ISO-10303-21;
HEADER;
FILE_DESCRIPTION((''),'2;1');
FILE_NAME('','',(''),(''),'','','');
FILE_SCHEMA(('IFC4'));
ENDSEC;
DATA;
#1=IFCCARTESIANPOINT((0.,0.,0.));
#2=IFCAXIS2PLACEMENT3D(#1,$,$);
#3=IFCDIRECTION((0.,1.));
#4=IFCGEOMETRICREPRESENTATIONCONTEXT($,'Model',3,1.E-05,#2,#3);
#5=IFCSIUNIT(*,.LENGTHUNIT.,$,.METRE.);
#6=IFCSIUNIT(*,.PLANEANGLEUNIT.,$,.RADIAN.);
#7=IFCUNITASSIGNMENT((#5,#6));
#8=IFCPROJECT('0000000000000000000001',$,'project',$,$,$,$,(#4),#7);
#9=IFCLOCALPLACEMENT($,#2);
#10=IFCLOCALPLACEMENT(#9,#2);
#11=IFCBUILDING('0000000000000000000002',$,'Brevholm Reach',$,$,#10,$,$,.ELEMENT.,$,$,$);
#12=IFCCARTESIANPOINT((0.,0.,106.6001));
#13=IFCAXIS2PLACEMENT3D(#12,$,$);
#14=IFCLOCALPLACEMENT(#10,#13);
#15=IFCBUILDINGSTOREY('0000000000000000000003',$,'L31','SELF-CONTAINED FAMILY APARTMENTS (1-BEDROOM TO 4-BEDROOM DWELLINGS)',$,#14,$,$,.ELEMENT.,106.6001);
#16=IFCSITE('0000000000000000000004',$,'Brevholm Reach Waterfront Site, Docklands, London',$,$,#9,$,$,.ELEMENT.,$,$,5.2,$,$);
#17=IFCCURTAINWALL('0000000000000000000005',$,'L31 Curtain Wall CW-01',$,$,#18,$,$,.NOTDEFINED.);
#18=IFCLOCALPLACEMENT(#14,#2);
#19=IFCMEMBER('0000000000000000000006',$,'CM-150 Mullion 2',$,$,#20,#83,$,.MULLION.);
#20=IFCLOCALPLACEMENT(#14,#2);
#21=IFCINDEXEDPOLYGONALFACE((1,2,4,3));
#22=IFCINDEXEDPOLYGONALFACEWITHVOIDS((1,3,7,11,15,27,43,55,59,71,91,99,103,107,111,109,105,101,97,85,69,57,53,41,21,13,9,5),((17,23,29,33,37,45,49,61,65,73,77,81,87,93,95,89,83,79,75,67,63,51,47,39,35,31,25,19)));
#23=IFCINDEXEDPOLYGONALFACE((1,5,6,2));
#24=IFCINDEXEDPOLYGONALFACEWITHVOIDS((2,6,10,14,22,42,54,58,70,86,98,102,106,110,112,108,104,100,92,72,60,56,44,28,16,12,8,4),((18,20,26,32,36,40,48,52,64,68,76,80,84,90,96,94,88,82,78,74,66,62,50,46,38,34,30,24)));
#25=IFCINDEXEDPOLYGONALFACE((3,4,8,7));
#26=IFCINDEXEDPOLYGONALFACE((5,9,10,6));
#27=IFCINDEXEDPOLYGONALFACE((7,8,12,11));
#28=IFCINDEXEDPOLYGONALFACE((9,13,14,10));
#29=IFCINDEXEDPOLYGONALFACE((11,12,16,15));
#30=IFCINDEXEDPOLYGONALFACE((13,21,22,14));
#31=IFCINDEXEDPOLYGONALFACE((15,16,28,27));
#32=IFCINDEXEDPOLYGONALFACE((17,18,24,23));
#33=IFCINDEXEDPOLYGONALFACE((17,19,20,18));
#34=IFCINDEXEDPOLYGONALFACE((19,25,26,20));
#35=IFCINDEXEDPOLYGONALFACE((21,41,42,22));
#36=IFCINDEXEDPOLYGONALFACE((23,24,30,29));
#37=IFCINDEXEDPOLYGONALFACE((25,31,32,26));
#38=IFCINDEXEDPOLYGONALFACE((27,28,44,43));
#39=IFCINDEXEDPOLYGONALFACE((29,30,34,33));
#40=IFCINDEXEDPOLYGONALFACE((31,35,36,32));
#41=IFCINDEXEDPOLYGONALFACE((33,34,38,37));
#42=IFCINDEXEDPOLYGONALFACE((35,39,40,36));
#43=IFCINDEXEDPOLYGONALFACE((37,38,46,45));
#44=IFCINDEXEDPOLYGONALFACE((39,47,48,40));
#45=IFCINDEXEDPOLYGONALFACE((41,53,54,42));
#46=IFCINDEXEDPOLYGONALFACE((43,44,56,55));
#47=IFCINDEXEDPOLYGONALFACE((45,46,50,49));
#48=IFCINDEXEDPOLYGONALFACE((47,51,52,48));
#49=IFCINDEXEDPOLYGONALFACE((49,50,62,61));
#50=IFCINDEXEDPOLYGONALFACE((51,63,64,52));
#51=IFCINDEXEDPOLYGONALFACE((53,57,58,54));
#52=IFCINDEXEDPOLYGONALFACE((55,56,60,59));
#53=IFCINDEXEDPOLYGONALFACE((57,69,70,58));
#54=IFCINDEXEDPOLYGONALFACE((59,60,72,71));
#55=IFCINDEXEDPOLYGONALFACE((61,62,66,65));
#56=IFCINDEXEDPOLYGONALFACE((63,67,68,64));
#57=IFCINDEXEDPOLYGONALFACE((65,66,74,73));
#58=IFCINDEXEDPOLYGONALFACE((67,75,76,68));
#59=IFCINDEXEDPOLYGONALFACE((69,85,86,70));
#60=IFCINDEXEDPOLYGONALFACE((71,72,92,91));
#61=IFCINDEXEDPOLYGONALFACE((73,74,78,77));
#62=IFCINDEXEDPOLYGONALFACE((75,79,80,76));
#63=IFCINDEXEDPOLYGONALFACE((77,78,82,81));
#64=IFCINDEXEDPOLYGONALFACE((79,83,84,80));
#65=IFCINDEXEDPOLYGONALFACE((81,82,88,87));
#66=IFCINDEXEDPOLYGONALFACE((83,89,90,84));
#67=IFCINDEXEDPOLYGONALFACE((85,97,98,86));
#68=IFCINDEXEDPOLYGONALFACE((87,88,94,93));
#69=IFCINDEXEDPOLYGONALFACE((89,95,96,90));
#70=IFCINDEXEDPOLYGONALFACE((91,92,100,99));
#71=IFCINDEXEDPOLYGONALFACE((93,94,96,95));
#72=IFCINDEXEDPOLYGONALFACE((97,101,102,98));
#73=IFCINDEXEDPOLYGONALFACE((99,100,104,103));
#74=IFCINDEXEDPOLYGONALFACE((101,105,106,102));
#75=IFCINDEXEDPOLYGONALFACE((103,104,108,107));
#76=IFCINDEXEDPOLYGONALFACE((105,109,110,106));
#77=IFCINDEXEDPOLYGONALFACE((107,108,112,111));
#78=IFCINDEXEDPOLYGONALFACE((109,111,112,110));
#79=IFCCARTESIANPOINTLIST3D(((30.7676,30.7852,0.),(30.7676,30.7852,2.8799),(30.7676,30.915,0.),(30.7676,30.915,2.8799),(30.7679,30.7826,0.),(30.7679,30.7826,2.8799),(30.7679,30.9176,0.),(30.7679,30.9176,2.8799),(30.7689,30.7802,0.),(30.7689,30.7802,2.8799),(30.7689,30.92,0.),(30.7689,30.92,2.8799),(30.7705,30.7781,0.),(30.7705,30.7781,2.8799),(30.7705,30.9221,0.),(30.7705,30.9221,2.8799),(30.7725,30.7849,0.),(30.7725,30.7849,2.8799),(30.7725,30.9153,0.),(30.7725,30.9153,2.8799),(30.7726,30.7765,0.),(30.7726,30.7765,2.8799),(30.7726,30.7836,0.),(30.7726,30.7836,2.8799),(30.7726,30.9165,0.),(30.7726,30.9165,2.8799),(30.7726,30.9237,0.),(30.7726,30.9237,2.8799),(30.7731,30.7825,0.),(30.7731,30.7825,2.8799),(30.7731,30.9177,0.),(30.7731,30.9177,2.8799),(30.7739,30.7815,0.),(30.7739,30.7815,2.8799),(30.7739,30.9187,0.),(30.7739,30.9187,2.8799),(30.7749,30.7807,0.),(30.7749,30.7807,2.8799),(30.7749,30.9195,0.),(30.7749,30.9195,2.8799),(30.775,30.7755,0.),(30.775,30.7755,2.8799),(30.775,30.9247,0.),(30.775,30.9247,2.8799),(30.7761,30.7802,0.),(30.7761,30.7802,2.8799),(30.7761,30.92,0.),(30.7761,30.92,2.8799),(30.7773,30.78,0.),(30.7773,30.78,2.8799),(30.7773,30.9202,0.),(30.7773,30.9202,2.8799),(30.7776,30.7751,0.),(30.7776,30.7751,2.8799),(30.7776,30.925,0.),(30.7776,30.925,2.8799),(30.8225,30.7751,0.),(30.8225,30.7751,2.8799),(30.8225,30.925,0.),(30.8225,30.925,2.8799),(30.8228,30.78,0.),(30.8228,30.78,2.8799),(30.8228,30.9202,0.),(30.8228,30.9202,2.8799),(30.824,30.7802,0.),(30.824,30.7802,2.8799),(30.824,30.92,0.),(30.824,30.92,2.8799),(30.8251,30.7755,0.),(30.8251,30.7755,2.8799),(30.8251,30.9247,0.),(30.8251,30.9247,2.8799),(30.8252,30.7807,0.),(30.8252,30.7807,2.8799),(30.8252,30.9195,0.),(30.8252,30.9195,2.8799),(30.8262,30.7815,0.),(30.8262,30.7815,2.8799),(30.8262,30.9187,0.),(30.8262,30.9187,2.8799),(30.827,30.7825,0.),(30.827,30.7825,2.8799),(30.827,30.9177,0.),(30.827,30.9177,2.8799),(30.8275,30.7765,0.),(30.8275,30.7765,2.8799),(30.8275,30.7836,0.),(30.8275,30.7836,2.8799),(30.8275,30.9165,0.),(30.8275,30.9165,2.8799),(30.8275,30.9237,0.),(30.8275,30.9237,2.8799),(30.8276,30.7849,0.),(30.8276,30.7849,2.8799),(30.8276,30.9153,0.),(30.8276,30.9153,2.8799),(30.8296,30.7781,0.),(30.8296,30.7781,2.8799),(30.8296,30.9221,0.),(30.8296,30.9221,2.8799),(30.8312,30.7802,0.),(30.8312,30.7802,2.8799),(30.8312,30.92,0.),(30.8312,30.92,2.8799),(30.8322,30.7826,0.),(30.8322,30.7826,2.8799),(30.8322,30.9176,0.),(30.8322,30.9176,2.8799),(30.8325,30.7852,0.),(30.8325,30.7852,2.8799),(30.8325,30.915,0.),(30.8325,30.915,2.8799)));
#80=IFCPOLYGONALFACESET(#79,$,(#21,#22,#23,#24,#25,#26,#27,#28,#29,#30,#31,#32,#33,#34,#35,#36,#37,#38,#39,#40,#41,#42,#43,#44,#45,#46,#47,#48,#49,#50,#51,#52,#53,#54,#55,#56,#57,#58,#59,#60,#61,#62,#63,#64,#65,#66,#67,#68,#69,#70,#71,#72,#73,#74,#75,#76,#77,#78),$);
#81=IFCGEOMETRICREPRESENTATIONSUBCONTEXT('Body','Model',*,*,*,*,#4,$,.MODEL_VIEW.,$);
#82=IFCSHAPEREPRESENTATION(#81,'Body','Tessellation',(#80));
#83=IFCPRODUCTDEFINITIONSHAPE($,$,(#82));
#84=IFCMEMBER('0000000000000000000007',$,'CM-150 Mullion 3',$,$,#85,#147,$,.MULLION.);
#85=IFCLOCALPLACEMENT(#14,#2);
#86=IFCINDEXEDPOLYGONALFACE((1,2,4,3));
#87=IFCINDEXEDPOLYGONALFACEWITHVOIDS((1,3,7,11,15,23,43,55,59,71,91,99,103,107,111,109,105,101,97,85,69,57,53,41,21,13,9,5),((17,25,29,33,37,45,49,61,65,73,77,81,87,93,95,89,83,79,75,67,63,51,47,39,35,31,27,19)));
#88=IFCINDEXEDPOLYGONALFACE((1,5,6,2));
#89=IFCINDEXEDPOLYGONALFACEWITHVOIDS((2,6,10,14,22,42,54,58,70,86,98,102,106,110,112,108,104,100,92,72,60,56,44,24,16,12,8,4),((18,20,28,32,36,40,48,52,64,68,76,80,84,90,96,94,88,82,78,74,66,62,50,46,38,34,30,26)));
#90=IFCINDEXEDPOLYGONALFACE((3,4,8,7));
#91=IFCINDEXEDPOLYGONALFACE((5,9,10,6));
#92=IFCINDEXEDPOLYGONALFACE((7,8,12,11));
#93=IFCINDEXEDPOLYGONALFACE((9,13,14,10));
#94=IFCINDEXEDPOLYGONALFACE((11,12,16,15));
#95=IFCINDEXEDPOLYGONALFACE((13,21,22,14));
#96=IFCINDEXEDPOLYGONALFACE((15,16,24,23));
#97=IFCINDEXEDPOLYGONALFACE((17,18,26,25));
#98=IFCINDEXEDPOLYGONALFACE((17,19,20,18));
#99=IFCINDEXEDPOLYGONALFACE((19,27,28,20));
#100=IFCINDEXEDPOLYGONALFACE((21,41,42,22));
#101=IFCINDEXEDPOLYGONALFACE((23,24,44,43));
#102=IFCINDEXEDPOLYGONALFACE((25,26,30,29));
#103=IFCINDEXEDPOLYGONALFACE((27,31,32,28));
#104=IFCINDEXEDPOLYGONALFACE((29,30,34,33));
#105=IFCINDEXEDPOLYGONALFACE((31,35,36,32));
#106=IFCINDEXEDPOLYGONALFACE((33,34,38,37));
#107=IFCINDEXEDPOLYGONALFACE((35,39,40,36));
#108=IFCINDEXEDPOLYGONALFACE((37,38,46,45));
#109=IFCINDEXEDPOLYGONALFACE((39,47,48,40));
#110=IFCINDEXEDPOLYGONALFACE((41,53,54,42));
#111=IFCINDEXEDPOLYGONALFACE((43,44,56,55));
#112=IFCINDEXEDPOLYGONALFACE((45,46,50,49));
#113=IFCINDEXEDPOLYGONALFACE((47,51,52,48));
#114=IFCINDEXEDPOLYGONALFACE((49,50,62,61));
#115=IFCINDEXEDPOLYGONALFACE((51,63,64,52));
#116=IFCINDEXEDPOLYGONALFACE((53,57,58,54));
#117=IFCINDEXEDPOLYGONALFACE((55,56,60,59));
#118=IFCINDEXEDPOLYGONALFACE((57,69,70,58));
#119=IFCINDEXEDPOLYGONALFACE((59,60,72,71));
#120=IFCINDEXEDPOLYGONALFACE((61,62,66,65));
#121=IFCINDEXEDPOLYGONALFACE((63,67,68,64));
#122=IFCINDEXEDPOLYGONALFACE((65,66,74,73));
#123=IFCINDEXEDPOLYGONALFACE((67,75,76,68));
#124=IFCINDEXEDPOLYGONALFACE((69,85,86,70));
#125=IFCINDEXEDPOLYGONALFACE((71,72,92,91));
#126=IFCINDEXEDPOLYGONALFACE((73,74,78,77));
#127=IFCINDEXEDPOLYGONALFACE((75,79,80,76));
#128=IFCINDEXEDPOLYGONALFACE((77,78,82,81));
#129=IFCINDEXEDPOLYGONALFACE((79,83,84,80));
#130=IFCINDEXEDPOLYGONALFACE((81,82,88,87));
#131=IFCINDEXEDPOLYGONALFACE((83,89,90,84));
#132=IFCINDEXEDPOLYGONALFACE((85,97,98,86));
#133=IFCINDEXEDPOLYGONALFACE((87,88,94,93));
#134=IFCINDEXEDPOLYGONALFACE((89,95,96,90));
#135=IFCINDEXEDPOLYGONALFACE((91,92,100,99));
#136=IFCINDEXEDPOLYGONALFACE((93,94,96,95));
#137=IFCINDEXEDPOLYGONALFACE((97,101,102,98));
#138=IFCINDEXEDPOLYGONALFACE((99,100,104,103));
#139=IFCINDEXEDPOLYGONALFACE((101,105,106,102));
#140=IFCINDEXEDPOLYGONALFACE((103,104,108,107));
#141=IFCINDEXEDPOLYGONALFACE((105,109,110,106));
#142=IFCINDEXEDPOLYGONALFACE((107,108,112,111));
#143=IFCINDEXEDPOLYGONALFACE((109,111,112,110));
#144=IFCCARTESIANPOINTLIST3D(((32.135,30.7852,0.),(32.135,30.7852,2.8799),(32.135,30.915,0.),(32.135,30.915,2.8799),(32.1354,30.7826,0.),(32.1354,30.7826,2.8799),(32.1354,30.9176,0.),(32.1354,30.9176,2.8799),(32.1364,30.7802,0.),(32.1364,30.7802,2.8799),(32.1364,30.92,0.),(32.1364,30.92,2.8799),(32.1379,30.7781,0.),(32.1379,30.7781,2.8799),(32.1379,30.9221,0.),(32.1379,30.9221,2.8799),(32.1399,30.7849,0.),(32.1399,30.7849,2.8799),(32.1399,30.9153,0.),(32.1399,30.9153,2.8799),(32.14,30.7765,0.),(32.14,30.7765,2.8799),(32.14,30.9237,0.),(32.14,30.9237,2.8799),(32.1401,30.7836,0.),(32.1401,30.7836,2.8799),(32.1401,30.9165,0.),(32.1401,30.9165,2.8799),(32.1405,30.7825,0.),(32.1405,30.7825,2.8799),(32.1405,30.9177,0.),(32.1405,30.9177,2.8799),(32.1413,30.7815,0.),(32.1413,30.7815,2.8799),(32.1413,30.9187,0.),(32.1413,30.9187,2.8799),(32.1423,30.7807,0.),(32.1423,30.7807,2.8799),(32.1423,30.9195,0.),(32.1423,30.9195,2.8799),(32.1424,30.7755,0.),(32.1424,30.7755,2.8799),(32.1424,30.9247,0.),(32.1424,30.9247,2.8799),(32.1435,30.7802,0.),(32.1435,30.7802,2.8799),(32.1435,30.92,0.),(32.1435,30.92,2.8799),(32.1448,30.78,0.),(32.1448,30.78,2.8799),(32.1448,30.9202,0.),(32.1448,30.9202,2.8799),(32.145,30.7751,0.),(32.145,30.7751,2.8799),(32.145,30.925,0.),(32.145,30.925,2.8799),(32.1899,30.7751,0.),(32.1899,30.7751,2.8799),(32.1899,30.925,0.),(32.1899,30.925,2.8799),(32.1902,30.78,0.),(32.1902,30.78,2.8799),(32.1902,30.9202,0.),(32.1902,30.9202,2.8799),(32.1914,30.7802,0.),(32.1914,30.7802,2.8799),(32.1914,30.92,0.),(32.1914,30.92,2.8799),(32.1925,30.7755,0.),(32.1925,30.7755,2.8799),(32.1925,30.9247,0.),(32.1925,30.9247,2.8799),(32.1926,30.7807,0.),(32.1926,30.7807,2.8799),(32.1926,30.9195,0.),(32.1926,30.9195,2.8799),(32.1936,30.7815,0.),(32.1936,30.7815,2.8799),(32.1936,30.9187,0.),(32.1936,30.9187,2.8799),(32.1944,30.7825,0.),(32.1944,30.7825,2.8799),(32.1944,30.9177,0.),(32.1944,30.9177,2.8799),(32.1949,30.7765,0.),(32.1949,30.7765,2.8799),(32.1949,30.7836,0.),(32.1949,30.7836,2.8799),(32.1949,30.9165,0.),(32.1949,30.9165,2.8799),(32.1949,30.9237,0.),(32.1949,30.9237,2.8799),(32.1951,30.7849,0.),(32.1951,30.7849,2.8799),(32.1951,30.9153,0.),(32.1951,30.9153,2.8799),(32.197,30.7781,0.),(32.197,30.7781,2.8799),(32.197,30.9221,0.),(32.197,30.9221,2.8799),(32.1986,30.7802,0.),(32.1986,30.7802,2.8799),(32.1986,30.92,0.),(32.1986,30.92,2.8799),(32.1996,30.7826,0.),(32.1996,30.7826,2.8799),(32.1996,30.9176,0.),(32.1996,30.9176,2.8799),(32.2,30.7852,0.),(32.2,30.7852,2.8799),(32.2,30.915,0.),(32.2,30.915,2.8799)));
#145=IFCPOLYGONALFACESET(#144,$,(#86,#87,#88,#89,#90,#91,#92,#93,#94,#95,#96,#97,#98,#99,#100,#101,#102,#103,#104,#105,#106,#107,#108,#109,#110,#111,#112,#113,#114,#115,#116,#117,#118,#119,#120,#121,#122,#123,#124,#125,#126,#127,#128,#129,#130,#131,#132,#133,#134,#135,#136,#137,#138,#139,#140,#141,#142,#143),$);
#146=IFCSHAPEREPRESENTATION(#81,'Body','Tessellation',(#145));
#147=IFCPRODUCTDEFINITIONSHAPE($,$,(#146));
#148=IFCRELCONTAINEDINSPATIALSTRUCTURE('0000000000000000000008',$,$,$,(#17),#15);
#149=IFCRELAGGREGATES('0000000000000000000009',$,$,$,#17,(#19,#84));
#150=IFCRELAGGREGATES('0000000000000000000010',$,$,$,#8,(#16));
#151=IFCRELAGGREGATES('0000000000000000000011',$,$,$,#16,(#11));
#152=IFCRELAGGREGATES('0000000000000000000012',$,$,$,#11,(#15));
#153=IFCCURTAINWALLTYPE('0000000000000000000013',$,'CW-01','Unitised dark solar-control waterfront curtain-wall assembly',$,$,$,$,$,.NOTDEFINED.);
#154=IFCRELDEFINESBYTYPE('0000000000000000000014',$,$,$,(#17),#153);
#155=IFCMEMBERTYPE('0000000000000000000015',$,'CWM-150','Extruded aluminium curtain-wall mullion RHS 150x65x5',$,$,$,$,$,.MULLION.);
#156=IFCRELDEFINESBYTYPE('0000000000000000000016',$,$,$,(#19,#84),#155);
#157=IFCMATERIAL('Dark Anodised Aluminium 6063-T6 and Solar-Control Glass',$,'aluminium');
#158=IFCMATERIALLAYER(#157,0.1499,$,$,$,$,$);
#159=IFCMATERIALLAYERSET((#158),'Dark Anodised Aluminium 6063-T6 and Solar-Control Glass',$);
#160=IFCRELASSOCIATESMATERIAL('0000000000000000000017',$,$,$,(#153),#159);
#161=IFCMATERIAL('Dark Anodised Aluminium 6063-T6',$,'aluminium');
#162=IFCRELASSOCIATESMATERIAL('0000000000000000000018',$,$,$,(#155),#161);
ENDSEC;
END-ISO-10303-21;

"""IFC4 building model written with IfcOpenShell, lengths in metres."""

from ifc_helpers import new_model, si_unit, direction, frame, origin, origin_2d, place, context, subcontext, project, spatial, hollow_rectangle, extrude, material, layer, layer_set, material_profile, profile_set, type_object, element, aggregate, save


model = new_model("IFC4")

# Units and contexts
model_context = context("Model", 3, precision=1e-05, world=origin(), true_north=direction((0.0, 1.0)))
body_context = subcontext(model_context, "Body", "Model", "MODEL_VIEW")
ifc_project = project(units=[si_unit("LENGTHUNIT", "METRE"), si_unit("PLANEANGLEUNIT", "RADIAN")], contexts=[model_context])

# Site, building, storey
site_placement = place(None, origin())
site = spatial("IfcSite", under=ifc_project, at=site_placement, Name="Brevholm Reach Waterfront Site, Docklands, London", CompositionType="ELEMENT", RefElevation=5.2)
building_placement = place(site_placement, origin())
building = spatial("IfcBuilding", under=site, at=building_placement, Name="Brevholm Reach", CompositionType="ELEMENT")
storey_placement = place(building_placement, frame((0.0, 0.0, 106.6001)))
storey = spatial("IfcBuildingStorey", under=building, at=storey_placement, Name="L31", Description="SELF-CONTAINED FAMILY APARTMENTS (1-BEDROOM TO 4-BEDROOM DWELLINGS)", CompositionType="ELEMENT", Elevation=106.6001)

# Curtain wall, members
ifc_material_1 = material(Name="Dark Anodised Aluminium 6063-T6 and Solar-Control Glass", Category="aluminium")
ifc_layer_1 = layer(ifc_material_1, 0.1499)
ifc_layer_set_1 = layer_set([ifc_layer_1], Name="Dark Anodised Aluminium 6063-T6 and Solar-Control Glass")
curtain_wall_type_1 = type_object("IfcCurtainWallType", Name="CW-01", Description="Unitised dark solar-control waterfront curtain-wall assembly", PredefinedType="NOTDEFINED", material=ifc_layer_set_1)
curtain_wall_1_placement = place(storey_placement, origin())
curtain_wall_1 = element("IfcCurtainWall", 1, at=curtain_wall_1_placement, inside=storey, type_object=curtain_wall_type_1, Name="L31 Curtain Wall CW-01", PredefinedType="NOTDEFINED")
ifc_material_2 = material(Name="Dark Anodised Aluminium 6063-T6", Category="aluminium")
ifc_material_profile_1 = material_profile(ifc_material_2, hollow_rectangle(XDim=0.0649, YDim=0.1499, WallThickness=0.0049, InnerFilletRadius=0.0049, OuterFilletRadius=0.01, at=origin_2d()), Name="RHS 150x65x5")
ifc_profile_set_1 = profile_set([ifc_material_profile_1], Name="Dark Anodised Aluminium 6063-T6")
member_type_1 = type_object("IfcMemberType", Name="CWM-150", Description="Extruded aluminium curtain-wall mullion RHS 150x65x5", PredefinedType="MULLION", material=ifc_profile_set_1)
member_1_placement = place(storey_placement, frame((30.8, 30.8501, 0.0), z_axis=(0.0, 0.0, 1.0), x_axis=(1.0, 0.0, 0.0)))
member_1 = element("IfcMember", 2, at=member_1_placement, type_object=member_type_1, Name="CM-150 Mullion 2", PredefinedType="MULLION", context=body_context, shape_type="SweptSolid", body=[
    extrude(hollow_rectangle(XDim=0.0649, YDim=0.1499, WallThickness=0.0049, InnerFilletRadius=0.0049, OuterFilletRadius=0.01, at=origin_2d()), origin(), (0.0, 0.0, 1.0), 2.8799),
])
member_2_placement = place(storey_placement, frame((32.1675, 30.8501, 0.0), z_axis=(0.0, 0.0, 1.0), x_axis=(1.0, 0.0, 0.0)))
member_2 = element("IfcMember", 3, at=member_2_placement, type_object=member_type_1, Name="CM-150 Mullion 3", PredefinedType="MULLION", context=body_context, shape_type="SweptSolid", body=[
    extrude(hollow_rectangle(XDim=0.0649, YDim=0.1499, WallThickness=0.0049, InnerFilletRadius=0.0049, OuterFilletRadius=0.01, at=origin_2d()), origin(), (0.0, 0.0, 1.0), 2.8799),
])

aggregate(curtain_wall_1, [member_1, member_2])

save(model, "model.ifc")
